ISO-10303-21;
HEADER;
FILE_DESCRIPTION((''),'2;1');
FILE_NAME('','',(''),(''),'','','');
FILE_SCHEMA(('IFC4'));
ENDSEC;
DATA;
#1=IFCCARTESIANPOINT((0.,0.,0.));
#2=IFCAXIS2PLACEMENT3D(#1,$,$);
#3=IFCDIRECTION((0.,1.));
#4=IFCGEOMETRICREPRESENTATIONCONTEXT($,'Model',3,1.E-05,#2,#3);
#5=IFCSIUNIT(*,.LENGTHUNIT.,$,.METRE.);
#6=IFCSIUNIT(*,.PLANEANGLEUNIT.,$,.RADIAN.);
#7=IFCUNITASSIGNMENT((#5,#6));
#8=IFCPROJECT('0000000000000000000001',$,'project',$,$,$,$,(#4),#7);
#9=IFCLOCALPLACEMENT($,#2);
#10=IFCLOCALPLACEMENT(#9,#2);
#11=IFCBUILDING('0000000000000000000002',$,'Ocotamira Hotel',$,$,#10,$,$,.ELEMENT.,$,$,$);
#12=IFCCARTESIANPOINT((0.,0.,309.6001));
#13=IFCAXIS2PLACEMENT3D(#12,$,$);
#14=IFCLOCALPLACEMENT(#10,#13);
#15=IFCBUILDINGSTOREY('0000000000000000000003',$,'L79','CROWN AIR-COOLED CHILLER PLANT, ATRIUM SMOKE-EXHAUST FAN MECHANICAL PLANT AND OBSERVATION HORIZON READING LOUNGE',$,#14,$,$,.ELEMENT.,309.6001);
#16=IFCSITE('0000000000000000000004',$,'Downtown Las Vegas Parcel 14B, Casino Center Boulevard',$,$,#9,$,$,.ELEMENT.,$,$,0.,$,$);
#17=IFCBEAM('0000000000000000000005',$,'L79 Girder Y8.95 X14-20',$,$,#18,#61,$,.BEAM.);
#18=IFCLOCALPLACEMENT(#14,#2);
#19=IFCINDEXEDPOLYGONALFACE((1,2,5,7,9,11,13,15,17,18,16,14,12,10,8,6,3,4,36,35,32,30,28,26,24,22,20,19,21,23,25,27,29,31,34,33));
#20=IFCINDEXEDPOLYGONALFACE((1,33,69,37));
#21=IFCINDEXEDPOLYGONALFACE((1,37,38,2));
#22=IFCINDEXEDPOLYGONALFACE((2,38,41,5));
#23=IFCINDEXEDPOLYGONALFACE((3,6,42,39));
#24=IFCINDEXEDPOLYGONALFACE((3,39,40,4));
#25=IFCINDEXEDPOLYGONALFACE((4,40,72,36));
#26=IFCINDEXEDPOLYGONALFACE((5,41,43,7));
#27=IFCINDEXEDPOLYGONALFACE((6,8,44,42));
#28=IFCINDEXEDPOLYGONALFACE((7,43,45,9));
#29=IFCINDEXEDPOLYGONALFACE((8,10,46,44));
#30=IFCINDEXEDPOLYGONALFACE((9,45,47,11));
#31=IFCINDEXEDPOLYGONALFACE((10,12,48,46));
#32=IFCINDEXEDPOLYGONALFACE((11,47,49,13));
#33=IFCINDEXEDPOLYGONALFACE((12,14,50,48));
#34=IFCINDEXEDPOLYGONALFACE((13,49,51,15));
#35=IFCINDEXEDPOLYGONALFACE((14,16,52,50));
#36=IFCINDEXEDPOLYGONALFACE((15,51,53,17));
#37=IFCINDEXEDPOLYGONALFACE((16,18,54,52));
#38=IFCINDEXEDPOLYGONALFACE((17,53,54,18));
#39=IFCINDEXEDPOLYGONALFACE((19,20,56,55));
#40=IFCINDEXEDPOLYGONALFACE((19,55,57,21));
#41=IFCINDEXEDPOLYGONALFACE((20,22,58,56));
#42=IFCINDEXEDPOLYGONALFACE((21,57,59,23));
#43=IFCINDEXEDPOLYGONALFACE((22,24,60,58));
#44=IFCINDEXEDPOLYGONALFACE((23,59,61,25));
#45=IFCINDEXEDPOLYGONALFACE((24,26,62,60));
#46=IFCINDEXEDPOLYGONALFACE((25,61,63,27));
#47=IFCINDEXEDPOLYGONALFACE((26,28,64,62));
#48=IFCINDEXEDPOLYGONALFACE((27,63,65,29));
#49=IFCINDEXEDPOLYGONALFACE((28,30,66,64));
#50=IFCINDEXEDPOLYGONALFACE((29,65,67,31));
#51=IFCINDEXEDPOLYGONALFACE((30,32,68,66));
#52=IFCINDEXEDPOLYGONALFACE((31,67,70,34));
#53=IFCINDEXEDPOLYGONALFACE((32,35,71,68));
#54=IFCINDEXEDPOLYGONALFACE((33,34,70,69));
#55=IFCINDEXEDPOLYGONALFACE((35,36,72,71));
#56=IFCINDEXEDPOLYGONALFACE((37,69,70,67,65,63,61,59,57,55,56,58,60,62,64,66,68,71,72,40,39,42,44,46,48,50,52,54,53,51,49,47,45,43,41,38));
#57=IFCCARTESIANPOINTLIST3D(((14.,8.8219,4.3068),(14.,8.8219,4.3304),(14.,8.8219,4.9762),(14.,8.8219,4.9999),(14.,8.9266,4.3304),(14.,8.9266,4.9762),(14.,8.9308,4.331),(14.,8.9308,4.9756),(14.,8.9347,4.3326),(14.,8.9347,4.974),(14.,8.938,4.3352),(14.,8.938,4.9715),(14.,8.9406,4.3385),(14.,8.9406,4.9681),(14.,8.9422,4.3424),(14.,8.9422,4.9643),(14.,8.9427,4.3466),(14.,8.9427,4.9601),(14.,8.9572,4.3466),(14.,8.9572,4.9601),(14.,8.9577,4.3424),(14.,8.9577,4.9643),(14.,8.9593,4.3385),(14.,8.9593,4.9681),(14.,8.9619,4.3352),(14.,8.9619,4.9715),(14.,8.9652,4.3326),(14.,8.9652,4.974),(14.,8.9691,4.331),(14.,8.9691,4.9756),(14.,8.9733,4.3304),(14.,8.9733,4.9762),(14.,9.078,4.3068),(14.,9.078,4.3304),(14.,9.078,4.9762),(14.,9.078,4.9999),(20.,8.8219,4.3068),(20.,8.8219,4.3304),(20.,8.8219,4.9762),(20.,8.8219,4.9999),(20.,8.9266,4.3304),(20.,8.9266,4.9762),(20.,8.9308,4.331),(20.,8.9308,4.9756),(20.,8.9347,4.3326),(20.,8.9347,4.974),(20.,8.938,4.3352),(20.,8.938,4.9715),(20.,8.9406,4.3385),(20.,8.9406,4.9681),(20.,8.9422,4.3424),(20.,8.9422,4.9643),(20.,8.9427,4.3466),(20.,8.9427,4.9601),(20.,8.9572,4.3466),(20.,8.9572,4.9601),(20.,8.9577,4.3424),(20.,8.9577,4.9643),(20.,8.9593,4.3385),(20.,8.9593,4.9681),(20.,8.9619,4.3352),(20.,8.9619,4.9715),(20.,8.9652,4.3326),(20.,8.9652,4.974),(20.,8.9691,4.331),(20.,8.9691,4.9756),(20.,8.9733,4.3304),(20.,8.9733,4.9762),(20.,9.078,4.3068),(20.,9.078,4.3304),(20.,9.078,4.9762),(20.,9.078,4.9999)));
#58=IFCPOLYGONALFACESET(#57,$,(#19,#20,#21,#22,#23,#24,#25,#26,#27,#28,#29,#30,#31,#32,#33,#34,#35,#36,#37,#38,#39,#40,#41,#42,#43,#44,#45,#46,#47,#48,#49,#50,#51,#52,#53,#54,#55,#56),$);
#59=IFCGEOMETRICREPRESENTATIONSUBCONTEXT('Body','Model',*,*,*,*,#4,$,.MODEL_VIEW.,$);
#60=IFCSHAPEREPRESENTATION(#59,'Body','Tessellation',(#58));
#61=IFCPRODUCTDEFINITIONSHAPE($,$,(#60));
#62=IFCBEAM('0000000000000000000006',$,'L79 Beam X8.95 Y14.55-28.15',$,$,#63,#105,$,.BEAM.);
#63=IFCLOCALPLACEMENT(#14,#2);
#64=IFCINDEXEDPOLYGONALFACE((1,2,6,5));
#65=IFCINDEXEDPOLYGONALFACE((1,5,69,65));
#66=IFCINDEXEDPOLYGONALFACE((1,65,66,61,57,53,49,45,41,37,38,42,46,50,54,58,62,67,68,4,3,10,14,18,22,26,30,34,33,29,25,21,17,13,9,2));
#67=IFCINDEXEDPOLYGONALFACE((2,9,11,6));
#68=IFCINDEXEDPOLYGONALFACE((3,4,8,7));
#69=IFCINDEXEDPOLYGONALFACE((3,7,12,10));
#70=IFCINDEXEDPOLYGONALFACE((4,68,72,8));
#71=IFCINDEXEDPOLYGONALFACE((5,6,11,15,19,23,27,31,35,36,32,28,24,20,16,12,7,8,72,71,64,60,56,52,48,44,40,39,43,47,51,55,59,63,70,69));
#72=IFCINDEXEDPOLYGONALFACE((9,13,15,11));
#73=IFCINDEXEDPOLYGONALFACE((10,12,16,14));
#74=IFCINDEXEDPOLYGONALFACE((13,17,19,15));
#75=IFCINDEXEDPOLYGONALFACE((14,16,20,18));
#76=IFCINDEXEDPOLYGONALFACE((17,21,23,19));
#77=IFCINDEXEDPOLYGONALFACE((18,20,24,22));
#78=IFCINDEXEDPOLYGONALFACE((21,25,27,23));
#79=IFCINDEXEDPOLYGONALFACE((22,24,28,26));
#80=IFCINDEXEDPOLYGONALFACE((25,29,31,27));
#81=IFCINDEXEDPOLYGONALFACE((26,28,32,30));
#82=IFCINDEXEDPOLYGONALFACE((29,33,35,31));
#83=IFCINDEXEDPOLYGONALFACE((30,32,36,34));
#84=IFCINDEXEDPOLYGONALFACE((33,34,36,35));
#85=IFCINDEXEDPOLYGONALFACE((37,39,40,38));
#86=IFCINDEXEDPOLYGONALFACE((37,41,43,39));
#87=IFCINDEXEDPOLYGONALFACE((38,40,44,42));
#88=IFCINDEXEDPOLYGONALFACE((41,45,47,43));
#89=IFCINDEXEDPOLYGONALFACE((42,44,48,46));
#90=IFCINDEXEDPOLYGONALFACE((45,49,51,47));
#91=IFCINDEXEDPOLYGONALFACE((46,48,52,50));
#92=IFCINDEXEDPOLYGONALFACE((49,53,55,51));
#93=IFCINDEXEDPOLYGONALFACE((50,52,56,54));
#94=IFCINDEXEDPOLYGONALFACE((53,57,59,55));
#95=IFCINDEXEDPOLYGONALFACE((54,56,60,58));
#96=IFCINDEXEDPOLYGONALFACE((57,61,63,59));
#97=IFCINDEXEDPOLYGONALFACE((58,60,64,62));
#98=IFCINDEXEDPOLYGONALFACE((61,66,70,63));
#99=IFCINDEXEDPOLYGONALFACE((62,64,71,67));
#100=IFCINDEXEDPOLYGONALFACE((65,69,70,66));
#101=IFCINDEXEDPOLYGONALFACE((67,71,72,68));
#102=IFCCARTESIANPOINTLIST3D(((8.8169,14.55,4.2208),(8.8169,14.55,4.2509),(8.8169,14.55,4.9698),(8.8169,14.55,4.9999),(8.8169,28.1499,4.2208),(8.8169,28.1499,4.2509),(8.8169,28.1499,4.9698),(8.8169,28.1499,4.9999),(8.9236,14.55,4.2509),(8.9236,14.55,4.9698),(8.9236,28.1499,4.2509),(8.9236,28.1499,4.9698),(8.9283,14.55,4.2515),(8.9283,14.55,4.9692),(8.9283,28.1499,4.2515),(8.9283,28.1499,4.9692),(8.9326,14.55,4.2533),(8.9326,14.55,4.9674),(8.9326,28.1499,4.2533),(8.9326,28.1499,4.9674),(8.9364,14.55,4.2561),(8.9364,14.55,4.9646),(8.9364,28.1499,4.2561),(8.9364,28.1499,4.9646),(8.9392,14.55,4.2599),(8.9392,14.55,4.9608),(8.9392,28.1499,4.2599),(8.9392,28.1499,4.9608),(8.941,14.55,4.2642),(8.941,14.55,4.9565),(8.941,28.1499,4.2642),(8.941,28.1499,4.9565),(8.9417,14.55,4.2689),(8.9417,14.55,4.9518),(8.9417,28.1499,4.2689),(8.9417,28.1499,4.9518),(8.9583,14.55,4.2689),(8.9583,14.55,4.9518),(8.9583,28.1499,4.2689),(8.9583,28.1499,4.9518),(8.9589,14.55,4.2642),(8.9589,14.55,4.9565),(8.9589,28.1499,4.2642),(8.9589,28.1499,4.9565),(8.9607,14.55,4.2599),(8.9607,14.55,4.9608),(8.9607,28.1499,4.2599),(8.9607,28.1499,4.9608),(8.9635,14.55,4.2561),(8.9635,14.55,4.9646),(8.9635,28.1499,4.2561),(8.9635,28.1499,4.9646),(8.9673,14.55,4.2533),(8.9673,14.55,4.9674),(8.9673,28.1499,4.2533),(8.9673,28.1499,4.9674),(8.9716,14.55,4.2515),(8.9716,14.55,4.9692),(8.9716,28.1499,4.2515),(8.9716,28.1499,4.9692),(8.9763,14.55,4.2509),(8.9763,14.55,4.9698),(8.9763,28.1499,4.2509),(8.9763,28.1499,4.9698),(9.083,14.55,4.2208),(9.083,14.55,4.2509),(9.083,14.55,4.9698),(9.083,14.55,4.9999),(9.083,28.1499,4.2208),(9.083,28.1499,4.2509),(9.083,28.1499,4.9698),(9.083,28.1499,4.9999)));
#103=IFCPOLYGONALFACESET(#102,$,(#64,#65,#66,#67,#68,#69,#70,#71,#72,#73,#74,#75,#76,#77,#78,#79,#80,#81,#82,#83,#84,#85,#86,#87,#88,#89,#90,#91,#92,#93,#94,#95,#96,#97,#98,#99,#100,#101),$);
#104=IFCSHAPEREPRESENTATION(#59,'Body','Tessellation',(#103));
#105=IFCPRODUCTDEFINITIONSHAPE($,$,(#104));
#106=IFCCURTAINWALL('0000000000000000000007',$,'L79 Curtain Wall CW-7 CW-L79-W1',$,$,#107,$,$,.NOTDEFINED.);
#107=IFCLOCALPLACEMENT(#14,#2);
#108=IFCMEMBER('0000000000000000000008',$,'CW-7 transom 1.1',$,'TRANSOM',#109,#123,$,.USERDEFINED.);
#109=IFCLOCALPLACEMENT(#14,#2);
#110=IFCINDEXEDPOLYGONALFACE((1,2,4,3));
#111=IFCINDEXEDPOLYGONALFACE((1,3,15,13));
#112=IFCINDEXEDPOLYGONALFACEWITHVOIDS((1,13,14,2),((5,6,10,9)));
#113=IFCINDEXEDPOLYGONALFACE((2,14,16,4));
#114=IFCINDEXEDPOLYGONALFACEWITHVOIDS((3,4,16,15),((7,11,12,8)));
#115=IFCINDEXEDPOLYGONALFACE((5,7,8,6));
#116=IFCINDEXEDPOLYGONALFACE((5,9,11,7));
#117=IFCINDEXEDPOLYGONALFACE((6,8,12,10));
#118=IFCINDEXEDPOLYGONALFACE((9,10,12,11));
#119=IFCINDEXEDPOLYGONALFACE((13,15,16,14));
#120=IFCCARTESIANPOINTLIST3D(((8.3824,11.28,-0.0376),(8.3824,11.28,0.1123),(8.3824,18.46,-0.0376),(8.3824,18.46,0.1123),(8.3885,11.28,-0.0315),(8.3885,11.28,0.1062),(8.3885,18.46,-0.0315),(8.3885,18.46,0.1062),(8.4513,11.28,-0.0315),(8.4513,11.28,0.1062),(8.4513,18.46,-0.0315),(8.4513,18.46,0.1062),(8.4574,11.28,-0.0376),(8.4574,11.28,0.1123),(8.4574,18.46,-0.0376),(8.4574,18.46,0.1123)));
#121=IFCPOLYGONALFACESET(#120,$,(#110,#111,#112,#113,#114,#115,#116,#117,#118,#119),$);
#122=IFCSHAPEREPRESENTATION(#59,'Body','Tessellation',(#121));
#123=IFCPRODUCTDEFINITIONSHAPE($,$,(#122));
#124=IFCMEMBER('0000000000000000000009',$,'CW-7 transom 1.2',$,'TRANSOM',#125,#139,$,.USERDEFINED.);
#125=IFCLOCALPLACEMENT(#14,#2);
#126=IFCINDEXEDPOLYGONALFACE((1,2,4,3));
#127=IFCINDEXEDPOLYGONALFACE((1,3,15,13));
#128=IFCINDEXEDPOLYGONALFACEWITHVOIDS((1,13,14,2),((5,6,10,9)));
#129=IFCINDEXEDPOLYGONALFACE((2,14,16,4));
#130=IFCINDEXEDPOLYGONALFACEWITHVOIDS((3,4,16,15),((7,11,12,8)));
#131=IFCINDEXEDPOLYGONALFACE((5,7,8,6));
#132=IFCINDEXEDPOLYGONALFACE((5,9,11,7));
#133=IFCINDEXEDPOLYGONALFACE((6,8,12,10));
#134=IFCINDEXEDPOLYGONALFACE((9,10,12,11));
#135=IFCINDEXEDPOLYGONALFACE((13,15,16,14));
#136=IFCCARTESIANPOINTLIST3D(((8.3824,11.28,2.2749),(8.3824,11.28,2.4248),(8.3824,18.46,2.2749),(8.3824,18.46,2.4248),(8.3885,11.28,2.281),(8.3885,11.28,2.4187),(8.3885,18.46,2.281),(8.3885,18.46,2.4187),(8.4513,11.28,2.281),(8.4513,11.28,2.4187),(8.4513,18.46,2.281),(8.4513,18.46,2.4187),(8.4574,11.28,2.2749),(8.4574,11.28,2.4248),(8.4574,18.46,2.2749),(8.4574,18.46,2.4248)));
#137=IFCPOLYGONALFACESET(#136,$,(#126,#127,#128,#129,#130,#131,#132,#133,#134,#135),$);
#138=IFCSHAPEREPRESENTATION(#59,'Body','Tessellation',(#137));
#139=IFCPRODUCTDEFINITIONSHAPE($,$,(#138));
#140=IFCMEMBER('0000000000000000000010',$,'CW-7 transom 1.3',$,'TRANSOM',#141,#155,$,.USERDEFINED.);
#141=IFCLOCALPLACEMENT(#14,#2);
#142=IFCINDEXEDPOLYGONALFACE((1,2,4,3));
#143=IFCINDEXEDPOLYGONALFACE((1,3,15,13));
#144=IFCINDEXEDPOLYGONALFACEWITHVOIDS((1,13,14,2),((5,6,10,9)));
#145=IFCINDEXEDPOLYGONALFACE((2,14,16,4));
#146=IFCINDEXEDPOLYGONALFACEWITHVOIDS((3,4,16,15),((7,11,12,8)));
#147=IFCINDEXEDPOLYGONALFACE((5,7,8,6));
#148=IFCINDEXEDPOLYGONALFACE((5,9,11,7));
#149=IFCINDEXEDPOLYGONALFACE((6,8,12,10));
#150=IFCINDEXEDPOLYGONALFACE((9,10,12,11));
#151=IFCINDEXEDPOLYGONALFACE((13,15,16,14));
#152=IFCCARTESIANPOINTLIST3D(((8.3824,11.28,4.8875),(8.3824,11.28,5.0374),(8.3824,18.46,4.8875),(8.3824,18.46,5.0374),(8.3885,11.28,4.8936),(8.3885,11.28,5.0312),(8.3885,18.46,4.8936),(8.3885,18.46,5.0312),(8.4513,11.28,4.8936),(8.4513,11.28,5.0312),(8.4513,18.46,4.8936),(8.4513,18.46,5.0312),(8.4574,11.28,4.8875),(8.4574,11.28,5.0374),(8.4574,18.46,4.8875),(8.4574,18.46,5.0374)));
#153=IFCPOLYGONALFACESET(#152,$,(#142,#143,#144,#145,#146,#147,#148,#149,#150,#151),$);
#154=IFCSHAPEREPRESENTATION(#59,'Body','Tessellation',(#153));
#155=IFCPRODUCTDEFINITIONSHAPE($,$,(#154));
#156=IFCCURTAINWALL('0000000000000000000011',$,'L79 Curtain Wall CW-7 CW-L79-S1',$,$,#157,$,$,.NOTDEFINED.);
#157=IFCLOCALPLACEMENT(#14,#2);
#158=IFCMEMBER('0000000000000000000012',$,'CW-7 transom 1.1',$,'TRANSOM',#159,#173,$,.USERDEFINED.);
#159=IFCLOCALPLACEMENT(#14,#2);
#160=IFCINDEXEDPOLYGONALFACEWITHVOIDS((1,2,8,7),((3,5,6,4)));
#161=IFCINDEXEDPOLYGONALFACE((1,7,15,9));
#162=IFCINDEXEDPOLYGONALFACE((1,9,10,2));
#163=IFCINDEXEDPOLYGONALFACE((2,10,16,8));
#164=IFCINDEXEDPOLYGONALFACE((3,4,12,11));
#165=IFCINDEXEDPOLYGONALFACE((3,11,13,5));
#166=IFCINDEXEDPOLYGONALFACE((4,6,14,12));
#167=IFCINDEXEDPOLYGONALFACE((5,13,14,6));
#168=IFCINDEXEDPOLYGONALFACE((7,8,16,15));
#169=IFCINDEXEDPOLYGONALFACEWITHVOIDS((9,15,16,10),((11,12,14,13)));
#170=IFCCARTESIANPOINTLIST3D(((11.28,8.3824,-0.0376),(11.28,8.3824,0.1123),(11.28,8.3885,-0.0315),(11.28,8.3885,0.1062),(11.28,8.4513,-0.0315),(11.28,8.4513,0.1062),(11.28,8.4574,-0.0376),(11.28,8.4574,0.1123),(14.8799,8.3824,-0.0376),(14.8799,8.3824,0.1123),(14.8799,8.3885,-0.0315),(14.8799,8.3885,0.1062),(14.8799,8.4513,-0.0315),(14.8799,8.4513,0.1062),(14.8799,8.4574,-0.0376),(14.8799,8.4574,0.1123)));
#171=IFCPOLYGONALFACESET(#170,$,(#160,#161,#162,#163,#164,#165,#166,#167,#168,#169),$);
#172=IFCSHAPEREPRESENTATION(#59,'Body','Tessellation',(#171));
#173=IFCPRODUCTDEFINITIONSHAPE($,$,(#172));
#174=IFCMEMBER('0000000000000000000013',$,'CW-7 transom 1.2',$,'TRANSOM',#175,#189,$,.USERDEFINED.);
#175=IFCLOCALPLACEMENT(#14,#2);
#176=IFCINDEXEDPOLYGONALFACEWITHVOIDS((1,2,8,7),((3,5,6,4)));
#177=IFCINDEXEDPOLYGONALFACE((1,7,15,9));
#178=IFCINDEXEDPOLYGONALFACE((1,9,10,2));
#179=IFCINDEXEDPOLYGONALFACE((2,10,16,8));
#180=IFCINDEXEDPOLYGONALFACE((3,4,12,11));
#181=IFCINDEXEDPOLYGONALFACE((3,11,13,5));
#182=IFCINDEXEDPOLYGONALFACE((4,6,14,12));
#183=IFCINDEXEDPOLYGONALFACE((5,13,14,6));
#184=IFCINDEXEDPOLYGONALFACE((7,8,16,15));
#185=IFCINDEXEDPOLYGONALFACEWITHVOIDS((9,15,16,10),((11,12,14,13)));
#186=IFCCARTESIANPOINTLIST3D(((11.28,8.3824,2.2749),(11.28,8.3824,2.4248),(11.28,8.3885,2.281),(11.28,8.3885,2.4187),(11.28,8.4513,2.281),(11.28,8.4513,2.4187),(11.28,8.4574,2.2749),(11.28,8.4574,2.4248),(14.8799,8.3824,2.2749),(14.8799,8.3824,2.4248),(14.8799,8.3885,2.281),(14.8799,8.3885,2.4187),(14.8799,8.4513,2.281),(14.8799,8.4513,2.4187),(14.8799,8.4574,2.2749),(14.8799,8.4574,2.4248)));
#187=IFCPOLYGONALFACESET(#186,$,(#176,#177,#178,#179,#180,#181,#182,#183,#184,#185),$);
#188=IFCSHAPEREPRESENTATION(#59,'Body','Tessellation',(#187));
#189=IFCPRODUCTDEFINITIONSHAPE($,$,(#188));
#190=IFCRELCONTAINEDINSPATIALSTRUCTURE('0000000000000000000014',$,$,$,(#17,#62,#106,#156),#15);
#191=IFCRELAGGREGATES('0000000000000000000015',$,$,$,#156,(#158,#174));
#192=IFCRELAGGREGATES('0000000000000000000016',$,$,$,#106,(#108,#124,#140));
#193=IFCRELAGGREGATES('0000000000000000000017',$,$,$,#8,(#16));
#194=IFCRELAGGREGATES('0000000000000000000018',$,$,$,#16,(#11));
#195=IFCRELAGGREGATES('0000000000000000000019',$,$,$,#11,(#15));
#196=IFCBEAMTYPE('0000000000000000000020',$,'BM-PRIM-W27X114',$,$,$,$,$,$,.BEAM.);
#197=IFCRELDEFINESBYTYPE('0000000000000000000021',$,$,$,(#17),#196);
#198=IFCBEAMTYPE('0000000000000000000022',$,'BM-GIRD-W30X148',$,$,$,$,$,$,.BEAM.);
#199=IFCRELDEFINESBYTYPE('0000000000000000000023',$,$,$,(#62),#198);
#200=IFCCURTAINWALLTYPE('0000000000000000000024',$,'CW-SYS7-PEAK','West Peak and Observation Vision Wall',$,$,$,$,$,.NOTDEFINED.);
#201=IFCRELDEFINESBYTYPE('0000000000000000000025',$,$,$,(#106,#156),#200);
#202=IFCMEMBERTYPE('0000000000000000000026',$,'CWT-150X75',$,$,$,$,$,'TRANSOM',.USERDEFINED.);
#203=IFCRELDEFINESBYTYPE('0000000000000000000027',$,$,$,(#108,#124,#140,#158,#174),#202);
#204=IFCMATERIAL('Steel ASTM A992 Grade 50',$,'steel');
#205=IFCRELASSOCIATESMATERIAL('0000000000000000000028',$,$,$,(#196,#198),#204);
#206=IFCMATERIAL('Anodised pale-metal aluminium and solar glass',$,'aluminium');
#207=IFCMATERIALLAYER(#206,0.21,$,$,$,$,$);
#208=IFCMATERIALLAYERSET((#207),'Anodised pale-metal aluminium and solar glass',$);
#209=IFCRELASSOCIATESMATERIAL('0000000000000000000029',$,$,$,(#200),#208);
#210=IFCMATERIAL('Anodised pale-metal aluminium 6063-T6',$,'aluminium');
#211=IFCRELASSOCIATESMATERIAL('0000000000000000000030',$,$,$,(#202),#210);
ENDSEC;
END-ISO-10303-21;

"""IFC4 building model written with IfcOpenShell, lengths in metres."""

from ifc_helpers import new_model, si_unit, direction, frame, origin, origin_2d, place, context, subcontext, project, spatial, hollow_rectangle, i_section, extrude, source, transform, mapped, material, layer, layer_set, material_profile, profile_set, type_object, element, aggregate, save


model = new_model("IFC4")

# Units and contexts
model_context = context("Model", 3, precision=1e-05, world=origin(), true_north=direction((0.0, 1.0)))
body_context = subcontext(model_context, "Body", "Model", "MODEL_VIEW")
ifc_project = project(units=[si_unit("LENGTHUNIT", "METRE"), si_unit("PLANEANGLEUNIT", "RADIAN")], contexts=[model_context])

# Site, building, storey
site_placement = place(None, origin())
site = spatial("IfcSite", under=ifc_project, at=site_placement, Name="Downtown Las Vegas Parcel 14B, Casino Center Boulevard", CompositionType="ELEMENT", RefElevation=0.0)
building_placement = place(site_placement, origin())
building = spatial("IfcBuilding", under=site, at=building_placement, Name="Ocotamira Hotel", CompositionType="ELEMENT")
storey_placement = place(building_placement, frame((0.0, 0.0, 309.6001)))
storey = spatial("IfcBuildingStorey", under=building, at=storey_placement, Name="L79", Description="CROWN AIR-COOLED CHILLER PLANT, ATRIUM SMOKE-EXHAUST FAN MECHANICAL PLANT AND OBSERVATION HORIZON READING LOUNGE", CompositionType="ELEMENT", Elevation=309.6001)

# Shared definitions
ifc_material_1 = material(Name="Steel ASTM A992 Grade 50", Category="steel")

# Beams
ifc_material_profile_1 = material_profile(ifc_material_1, i_section(OverallWidth=0.2561, OverallDepth=0.6931, WebThickness=0.0144, FlangeThickness=0.0237, FilletRadius=0.0161, at=origin_2d()), Name="W27X114")
ifc_profile_set_1 = profile_set([ifc_material_profile_1], Name="Steel ASTM A992 Grade 50")
beam_type_1 = type_object("IfcBeamType", Name="BM-PRIM-W27X114", PredefinedType="BEAM", material=ifc_profile_set_1)
shared_shape_1 = source(origin(), body_context, "Body", "SweptSolid", [
    extrude(i_section(OverallWidth=0.2561, OverallDepth=0.6931, WebThickness=0.0144, FlangeThickness=0.0237, FilletRadius=0.0161, at=origin_2d()), origin(), (0.0, 0.0, 1.0), 6.0),
])
beam_1_placement = place(storey_placement, frame((14.0, 8.95, 4.6533), z_axis=(1.0, 0.0, 0.0), x_axis=(0.0, 1.0, 0.0)))
element("IfcBeam", 1, at=beam_1_placement, inside=storey, type_object=beam_type_1, Name="L79 Girder Y8.95 X14-20", PredefinedType="BEAM", context=body_context, shape_type="MappedRepresentation", body=[
    mapped(shared_shape_1, transform((0.0, 0.0, 0.0), scale=1.0)),
])
ifc_material_profile_2 = material_profile(ifc_material_1, i_section(OverallWidth=0.2661, OverallDepth=0.7791, WebThickness=0.0166, FlangeThickness=0.03, FilletRadius=0.0181, at=origin_2d()), Name="W30X148")
ifc_profile_set_2 = profile_set([ifc_material_profile_2], Name="Steel ASTM A992 Grade 50")
beam_type_2 = type_object("IfcBeamType", Name="BM-GIRD-W30X148", PredefinedType="BEAM", material=ifc_profile_set_2)
shared_shape_2 = source(origin(), body_context, "Body", "SweptSolid", [
    extrude(i_section(OverallWidth=0.2661, OverallDepth=0.7791, WebThickness=0.0166, FlangeThickness=0.03, FilletRadius=0.0181, at=origin_2d()), origin(), (0.0, 0.0, 1.0), 13.5999),
])
beam_2_placement = place(storey_placement, frame((8.95, 14.55, 4.6104), z_axis=(0.0, 1.0, 0.0), x_axis=(-1.0, 0.0, 0.0)))
element("IfcBeam", 2, at=beam_2_placement, inside=storey, type_object=beam_type_2, Name="L79 Beam X8.95 Y14.55-28.15", PredefinedType="BEAM", context=body_context, shape_type="MappedRepresentation", body=[
    mapped(shared_shape_2, transform((0.0, 0.0, 0.0), scale=1.0)),
])

# Curtain walls, members
ifc_material_2 = material(Name="Anodised pale-metal aluminium and solar glass", Category="aluminium")
ifc_layer_1 = layer(ifc_material_2, 0.21)
ifc_layer_set_1 = layer_set([ifc_layer_1], Name="Anodised pale-metal aluminium and solar glass")
curtain_wall_type = type_object("IfcCurtainWallType", Name="CW-SYS7-PEAK", Description="West Peak and Observation Vision Wall", PredefinedType="NOTDEFINED", material=ifc_layer_set_1)
curtain_wall_1_placement = place(storey_placement, origin())
curtain_wall_1 = element("IfcCurtainWall", 3, at=curtain_wall_1_placement, inside=storey, type_object=curtain_wall_type, Name="L79 Curtain Wall CW-7 CW-L79-W1", PredefinedType="NOTDEFINED")
ifc_material_3 = material(Name="Anodised pale-metal aluminium 6063-T6", Category="aluminium")
ifc_material_profile_3 = material_profile(ifc_material_3, hollow_rectangle(XDim=0.075, YDim=0.1499, WallThickness=0.0061, at=origin_2d()), Name="HSS150X75X6")
ifc_profile_set_3 = profile_set([ifc_material_profile_3], Name="Anodised pale-metal aluminium 6063-T6")
member_type_1 = type_object("IfcMemberType", Name="CWT-150X75", ElementType="TRANSOM", PredefinedType="USERDEFINED", material=ifc_profile_set_3)
shared_shape_3 = source(origin(), body_context, "Body", "SweptSolid", [
    extrude(hollow_rectangle(XDim=0.075, YDim=0.1499, WallThickness=0.0061, at=origin_2d()), origin(), (0.0, 0.0, 1.0), 7.1799),
])
member_1_placement = place(storey_placement, frame((8.4199, 11.28, 0.0374), z_axis=(0.0, 1.0, 0.0), x_axis=(-1.0, 0.0, 0.0)))
member_1 = element("IfcMember", 4, at=member_1_placement, type_object=member_type_1, Name="CW-7 transom 1.1", ObjectType="TRANSOM", PredefinedType="USERDEFINED", context=body_context, shape_type="MappedRepresentation", body=[
    mapped(shared_shape_3, transform((0.0, 0.0, 0.0), scale=1.0)),
])
member_2_placement = place(storey_placement, frame((8.4199, 11.28, 2.3499), z_axis=(0.0, 1.0, 0.0), x_axis=(-1.0, 0.0, 0.0)))
member_2 = element("IfcMember", 5, at=member_2_placement, type_object=member_type_1, Name="CW-7 transom 1.2", ObjectType="TRANSOM", PredefinedType="USERDEFINED", context=body_context, shape_type="MappedRepresentation", body=[
    mapped(shared_shape_3, transform((0.0, 0.0, 0.0), scale=1.0)),
])
member_3_placement = place(storey_placement, frame((8.4199, 11.28, 4.9624), z_axis=(0.0, 1.0, 0.0), x_axis=(-1.0, 0.0, 0.0)))
member_3 = element("IfcMember", 6, at=member_3_placement, type_object=member_type_1, Name="CW-7 transom 1.3", ObjectType="TRANSOM", PredefinedType="USERDEFINED", context=body_context, shape_type="MappedRepresentation", body=[
    mapped(shared_shape_3, transform((0.0, 0.0, 0.0), scale=1.0)),
])
curtain_wall_2_placement = place(storey_placement, origin())
curtain_wall_2 = element("IfcCurtainWall", 7, at=curtain_wall_2_placement, inside=storey, type_object=curtain_wall_type, Name="L79 Curtain Wall CW-7 CW-L79-S1", PredefinedType="NOTDEFINED")
shared_shape_4 = source(origin(), body_context, "Body", "SweptSolid", [
    extrude(hollow_rectangle(XDim=0.075, YDim=0.1499, WallThickness=0.0061, at=origin_2d()), origin(), (0.0, 0.0, 1.0), 3.5999),
])
member_4_placement = place(storey_placement, frame((11.28, 8.4199, 0.0374), z_axis=(1.0, 0.0, 0.0), x_axis=(0.0, 1.0, 0.0)))
member_4 = element("IfcMember", 8, at=member_4_placement, type_object=member_type_1, Name="CW-7 transom 1.1", ObjectType="TRANSOM", PredefinedType="USERDEFINED", context=body_context, shape_type="MappedRepresentation", body=[
    mapped(shared_shape_4, transform((0.0, 0.0, 0.0), scale=1.0)),
])
member_5_placement = place(storey_placement, frame((11.28, 8.4199, 2.3499), z_axis=(1.0, 0.0, 0.0), x_axis=(0.0, 1.0, 0.0)))
member_5 = element("IfcMember", 9, at=member_5_placement, type_object=member_type_1, Name="CW-7 transom 1.2", ObjectType="TRANSOM", PredefinedType="USERDEFINED", context=body_context, shape_type="MappedRepresentation", body=[
    mapped(shared_shape_4, transform((0.0, 0.0, 0.0), scale=1.0)),
])

aggregate(curtain_wall_2, [member_4, member_5])
aggregate(curtain_wall_1, [member_1, member_2, member_3])

save(model, "model.ifc")
